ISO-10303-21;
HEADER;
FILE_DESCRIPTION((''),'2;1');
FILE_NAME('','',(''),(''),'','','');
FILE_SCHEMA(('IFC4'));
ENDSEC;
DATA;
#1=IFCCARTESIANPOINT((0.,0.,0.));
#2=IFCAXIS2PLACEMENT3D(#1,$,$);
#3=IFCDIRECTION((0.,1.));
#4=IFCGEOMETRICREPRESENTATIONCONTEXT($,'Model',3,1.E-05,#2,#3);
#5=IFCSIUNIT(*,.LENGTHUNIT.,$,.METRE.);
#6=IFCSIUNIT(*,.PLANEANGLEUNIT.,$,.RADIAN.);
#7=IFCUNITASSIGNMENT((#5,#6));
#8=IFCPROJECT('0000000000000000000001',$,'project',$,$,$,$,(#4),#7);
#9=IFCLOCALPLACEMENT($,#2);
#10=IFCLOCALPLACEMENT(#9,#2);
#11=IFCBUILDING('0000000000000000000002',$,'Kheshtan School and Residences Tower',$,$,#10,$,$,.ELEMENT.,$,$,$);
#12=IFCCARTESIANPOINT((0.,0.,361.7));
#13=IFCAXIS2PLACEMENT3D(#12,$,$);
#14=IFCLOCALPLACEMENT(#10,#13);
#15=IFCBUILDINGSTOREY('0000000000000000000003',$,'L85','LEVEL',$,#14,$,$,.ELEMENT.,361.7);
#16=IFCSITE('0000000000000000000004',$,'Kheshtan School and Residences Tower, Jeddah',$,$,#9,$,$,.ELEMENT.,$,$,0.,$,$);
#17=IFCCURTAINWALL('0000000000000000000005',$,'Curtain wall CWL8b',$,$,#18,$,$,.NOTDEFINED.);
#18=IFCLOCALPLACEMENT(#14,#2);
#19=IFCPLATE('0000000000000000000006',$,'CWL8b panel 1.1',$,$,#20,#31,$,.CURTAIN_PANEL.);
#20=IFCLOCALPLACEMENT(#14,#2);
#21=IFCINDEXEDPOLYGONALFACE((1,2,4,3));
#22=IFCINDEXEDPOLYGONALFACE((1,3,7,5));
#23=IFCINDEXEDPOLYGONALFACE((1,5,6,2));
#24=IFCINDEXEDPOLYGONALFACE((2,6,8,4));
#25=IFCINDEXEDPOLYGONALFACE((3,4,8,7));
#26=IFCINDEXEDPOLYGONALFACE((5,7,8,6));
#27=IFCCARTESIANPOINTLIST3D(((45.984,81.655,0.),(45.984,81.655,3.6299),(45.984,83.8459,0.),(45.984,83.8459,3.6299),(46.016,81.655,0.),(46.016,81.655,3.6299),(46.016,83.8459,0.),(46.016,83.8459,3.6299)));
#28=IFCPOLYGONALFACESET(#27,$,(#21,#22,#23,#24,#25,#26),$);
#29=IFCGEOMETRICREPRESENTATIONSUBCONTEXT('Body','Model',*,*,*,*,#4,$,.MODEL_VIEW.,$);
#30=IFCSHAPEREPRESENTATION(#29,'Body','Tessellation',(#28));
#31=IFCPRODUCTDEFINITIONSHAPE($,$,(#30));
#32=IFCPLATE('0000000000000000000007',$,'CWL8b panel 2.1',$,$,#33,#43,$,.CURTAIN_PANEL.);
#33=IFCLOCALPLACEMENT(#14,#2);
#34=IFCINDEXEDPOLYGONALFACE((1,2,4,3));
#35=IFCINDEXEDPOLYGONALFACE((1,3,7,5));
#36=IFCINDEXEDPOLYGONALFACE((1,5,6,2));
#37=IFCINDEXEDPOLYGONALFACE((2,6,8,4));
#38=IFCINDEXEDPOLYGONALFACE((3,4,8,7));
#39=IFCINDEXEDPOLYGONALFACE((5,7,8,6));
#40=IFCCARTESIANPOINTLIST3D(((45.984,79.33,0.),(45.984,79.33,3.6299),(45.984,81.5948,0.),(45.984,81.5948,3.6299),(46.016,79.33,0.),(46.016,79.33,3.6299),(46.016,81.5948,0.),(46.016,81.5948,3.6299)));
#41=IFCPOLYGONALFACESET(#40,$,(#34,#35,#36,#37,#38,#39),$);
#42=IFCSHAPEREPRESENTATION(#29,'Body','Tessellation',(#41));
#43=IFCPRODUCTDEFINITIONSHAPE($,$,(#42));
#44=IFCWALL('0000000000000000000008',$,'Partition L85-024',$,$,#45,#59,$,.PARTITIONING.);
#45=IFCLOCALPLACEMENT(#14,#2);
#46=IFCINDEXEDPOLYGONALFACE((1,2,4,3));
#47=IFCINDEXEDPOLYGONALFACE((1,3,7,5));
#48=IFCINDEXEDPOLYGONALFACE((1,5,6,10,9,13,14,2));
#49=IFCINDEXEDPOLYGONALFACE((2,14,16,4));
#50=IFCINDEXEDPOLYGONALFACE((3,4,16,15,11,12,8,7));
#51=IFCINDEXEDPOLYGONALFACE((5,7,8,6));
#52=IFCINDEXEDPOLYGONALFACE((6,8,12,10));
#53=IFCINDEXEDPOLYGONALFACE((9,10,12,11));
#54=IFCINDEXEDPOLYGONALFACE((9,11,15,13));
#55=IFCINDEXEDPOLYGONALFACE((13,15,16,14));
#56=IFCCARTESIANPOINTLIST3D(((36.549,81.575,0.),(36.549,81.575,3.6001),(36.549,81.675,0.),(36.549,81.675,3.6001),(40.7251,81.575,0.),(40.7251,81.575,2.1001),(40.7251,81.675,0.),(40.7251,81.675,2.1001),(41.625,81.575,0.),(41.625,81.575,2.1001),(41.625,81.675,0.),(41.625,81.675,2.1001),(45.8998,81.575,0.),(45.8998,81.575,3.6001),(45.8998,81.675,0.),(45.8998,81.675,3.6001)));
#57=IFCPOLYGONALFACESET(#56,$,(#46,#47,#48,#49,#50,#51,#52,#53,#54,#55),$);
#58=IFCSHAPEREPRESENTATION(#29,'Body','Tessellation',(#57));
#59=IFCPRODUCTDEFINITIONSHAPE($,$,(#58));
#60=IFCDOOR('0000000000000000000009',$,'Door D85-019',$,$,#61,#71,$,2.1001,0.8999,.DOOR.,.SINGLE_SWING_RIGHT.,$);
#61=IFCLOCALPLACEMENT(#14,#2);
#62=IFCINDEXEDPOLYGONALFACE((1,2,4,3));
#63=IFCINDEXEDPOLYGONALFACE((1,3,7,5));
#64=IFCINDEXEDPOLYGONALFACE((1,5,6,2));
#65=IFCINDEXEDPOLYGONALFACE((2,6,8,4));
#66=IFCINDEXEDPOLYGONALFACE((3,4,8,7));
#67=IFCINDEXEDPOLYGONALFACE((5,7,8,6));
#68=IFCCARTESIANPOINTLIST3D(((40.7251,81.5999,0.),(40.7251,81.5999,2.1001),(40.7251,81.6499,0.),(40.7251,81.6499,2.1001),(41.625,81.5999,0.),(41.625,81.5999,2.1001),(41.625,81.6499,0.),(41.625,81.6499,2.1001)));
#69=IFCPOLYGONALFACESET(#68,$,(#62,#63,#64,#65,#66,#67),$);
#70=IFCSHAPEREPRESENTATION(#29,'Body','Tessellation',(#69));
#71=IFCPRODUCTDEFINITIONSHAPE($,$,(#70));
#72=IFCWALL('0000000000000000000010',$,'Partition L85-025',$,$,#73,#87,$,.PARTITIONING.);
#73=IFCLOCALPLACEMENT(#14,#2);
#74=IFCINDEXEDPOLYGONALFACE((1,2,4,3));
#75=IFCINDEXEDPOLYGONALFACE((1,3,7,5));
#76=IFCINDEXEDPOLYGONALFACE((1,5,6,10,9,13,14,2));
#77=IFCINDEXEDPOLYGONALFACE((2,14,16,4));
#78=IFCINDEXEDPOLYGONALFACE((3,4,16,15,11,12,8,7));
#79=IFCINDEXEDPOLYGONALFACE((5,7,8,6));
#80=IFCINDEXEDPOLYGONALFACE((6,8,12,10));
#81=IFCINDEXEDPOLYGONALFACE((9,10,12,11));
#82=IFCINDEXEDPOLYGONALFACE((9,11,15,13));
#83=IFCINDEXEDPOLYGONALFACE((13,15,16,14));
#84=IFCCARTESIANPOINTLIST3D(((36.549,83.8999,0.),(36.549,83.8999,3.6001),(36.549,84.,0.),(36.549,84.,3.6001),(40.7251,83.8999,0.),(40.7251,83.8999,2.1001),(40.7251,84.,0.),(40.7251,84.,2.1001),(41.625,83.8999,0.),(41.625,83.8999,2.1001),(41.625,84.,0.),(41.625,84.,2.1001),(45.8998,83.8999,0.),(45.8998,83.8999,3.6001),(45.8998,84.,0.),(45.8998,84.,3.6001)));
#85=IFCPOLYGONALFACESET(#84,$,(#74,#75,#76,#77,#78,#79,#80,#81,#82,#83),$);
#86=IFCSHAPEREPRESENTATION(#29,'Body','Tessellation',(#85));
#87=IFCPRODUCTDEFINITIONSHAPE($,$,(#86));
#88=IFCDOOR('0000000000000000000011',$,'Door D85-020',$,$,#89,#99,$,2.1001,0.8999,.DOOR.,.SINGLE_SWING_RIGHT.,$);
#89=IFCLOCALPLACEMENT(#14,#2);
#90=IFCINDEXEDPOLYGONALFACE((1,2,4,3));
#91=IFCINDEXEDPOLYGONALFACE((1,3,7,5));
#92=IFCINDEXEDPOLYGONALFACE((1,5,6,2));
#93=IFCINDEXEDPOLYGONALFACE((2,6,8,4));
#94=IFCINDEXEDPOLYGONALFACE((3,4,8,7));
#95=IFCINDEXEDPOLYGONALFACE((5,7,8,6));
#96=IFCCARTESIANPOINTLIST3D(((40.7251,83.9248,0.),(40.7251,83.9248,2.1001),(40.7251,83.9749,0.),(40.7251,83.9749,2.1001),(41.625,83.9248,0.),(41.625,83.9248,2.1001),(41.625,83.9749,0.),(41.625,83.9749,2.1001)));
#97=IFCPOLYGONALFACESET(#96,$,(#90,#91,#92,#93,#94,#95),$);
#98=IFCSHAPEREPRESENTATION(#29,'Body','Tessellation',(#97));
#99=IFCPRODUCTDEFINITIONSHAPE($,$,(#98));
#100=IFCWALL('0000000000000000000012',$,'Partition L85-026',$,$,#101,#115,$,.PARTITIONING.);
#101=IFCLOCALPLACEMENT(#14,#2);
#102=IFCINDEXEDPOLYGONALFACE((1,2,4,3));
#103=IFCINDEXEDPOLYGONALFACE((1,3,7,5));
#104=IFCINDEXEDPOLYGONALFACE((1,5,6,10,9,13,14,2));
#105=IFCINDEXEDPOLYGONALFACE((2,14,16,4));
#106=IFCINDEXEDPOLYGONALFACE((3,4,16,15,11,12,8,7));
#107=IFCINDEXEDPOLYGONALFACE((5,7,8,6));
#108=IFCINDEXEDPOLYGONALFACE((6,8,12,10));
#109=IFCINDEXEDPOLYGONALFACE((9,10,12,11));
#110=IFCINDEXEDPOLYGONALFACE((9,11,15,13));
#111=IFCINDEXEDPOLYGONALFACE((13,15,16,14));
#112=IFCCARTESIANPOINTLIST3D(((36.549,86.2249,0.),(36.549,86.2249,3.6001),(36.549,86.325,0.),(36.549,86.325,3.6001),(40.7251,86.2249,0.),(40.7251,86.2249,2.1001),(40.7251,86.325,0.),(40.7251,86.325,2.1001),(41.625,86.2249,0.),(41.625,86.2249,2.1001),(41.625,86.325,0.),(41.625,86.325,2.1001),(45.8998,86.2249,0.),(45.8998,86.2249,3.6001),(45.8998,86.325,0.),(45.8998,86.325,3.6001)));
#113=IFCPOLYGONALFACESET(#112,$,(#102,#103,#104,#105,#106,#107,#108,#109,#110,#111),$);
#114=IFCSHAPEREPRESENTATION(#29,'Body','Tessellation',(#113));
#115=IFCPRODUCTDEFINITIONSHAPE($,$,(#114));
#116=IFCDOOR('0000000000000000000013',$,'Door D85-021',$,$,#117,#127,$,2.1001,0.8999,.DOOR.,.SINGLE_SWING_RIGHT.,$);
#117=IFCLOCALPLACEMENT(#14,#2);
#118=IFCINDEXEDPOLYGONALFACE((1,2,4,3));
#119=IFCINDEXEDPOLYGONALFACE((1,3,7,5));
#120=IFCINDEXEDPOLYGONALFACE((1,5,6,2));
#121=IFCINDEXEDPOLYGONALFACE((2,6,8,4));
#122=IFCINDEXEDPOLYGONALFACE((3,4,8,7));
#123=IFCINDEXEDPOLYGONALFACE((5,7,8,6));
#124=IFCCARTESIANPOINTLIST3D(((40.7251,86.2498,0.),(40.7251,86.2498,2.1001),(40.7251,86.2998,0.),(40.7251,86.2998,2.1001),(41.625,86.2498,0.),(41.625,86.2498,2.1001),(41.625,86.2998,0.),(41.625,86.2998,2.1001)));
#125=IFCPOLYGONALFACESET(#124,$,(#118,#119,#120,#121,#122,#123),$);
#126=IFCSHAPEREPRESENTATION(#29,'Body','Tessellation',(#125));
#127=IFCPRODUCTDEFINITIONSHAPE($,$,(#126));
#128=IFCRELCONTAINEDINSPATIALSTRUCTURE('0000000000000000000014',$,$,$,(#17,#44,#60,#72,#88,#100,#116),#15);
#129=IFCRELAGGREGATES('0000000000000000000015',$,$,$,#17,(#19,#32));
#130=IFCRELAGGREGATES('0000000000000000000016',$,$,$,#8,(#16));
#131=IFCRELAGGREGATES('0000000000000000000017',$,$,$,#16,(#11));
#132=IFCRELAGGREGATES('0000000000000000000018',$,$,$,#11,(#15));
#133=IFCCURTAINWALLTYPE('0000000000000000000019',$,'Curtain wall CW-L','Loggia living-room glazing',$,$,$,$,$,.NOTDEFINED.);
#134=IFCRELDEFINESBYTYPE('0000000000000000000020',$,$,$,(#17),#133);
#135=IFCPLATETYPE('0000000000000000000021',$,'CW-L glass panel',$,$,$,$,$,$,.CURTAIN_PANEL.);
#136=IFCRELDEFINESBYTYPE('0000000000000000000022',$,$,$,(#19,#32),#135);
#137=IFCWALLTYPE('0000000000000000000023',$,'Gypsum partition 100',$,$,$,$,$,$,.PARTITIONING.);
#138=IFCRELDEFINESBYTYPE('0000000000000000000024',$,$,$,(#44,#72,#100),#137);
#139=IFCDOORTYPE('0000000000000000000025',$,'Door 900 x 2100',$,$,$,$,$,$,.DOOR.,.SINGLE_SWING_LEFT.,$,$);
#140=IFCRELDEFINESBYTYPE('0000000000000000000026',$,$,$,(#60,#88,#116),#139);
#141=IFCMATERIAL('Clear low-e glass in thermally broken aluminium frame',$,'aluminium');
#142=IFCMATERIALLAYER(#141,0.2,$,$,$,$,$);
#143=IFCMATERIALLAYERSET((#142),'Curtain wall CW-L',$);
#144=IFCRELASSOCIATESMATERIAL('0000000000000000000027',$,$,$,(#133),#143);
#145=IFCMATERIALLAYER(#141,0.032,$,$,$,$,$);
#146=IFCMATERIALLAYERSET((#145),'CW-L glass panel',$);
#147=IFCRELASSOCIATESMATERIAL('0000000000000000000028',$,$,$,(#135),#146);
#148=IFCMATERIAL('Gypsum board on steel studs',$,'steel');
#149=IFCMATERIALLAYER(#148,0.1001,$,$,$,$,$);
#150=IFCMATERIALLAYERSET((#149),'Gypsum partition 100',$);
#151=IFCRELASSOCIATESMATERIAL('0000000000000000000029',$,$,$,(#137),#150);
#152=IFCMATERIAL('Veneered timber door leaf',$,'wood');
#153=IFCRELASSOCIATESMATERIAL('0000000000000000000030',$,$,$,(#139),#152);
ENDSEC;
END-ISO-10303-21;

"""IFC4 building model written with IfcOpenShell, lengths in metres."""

from ifc_helpers import new_model, si_unit, direction, frame, frame_2d, origin, origin_2d, place, context, subcontext, project, spatial, rectangle, extrude, source, transform, mapped, material, layer, layer_set, type_object, element, fill, aggregate, save


model = new_model("IFC4")

# Units and contexts
model_context = context("Model", 3, precision=1e-05, world=origin(), true_north=direction((0.0, 1.0)))
body_context = subcontext(model_context, "Body", "Model", "MODEL_VIEW")
ifc_project = project(units=[si_unit("LENGTHUNIT", "METRE"), si_unit("PLANEANGLEUNIT", "RADIAN")], contexts=[model_context])

# Site, building, storey
site_placement = place(None, origin())
site = spatial("IfcSite", under=ifc_project, at=site_placement, Name="Kheshtan School and Residences Tower, Jeddah", CompositionType="ELEMENT", RefElevation=0.0)
building_placement = place(site_placement, origin())
building = spatial("IfcBuilding", under=site, at=building_placement, Name="Kheshtan School and Residences Tower", CompositionType="ELEMENT")
storey_placement = place(building_placement, frame((0.0, 0.0, 361.7)))
storey = spatial("IfcBuildingStorey", under=building, at=storey_placement, Name="L85", Description="LEVEL", CompositionType="ELEMENT", Elevation=361.7)

# Shared definitions
ifc_material_1 = material(Name="Clear low-e glass in thermally broken aluminium frame", Category="aluminium")
ifc_layer_1 = layer(ifc_material_1, 0.2)
ifc_layer_set_1 = layer_set([ifc_layer_1], Name="Curtain wall CW-L")
curtain_wall_type = type_object("IfcCurtainWallType", Name="Curtain wall CW-L", Description="Loggia living-room glazing", PredefinedType="NOTDEFINED", material=ifc_layer_set_1)

# Curtain wall
curtain_wall_1_placement = place(storey_placement, origin())
curtain_wall_1 = element("IfcCurtainWall", 1, at=curtain_wall_1_placement, inside=storey, type_object=curtain_wall_type, Name="Curtain wall CWL8b", PredefinedType="NOTDEFINED")

# Plates
ifc_layer_2 = layer(ifc_material_1, 0.032)
ifc_layer_set_2 = layer_set([ifc_layer_2], Name="CW-L glass panel")
plate_type = type_object("IfcPlateType", Name="CW-L glass panel", PredefinedType="CURTAIN_PANEL", material=ifc_layer_set_2)
plate_1_placement = place(storey_placement, frame((46.0, 82.7505, 0.0), z_axis=(0.0, 0.0, 1.0), x_axis=(0.0, -1.0, 0.0)))
plate_1 = element("IfcPlate", 2, at=plate_1_placement, type_object=plate_type, Name="CWL8b panel 1.1", PredefinedType="CURTAIN_PANEL", context=body_context, shape_type="SweptSolid", body=[
    extrude(rectangle(XDim=2.1909, YDim=0.032, at=origin_2d()), origin(), (0.0, 0.0, 1.0), 3.6299),
])
plate_2_placement = place(storey_placement, frame((46.0, 80.4624, 0.0), z_axis=(0.0, 0.0, 1.0), x_axis=(0.0, -1.0, 0.0)))
plate_2 = element("IfcPlate", 3, at=plate_2_placement, type_object=plate_type, Name="CWL8b panel 2.1", PredefinedType="CURTAIN_PANEL", context=body_context, shape_type="SweptSolid", body=[
    extrude(rectangle(XDim=2.2649, YDim=0.032, at=origin_2d()), origin(), (0.0, 0.0, 1.0), 3.6299),
])
aggregate(curtain_wall_1, [plate_1, plate_2])

# Walls, openings, doors
ifc_material_2 = material(Name="Gypsum board on steel studs", Category="steel")
ifc_layer_3 = layer(ifc_material_2, 0.1001)
ifc_layer_set_3 = layer_set([ifc_layer_3], Name="Gypsum partition 100")
wall_type_1 = type_object("IfcWallType", Name="Gypsum partition 100", PredefinedType="PARTITIONING", material=ifc_layer_set_3)
wall_1_placement = place(storey_placement, frame((36.5491, 81.625, 0.0), z_axis=(0.0, 0.0, 1.0), x_axis=(1.0, 0.0, 0.0)))
wall_1 = element("IfcWall", 4, at=wall_1_placement, inside=storey, type_object=wall_type_1, Name="Partition L85-024", PredefinedType="PARTITIONING", context=body_context, shape_type="SweptSolid", body=[
    extrude(rectangle(XDim=9.3508, YDim=0.1001, at=frame_2d((4.6753, 0.0))), origin(), (0.0, 0.0, 1.0), 3.6001),
])
opening_1_placement = place(wall_1_placement, frame((4.176, 0.0, 0.0)))
opening_1 = element("IfcOpeningElement", 5, at=opening_1_placement, cuts=wall_1, PredefinedType="OPENING", context=body_context, shape_type="SweptSolid", body=[
    extrude(rectangle(XDim=0.8999, YDim=2.1001, at=frame_2d((0.45, 1.05))), frame((0.0, 0.0601, 0.0), z_axis=(0.0, -1.0, 0.0), x_axis=(1.0, 0.0, 0.0)), (0.0, 0.0, 1.0), 0.1201),
])
ifc_material_3 = material(Name="Veneered timber door leaf", Category="wood")
door_type_1 = type_object("IfcDoorType", Name="Door 900 x 2100", OperationType="SINGLE_SWING_LEFT", PredefinedType="DOOR", material=ifc_material_3)
shared_shape_1 = source(origin(), body_context, "Body", "SweptSolid", [
    extrude(rectangle(XDim=0.8999, YDim=2.1001, at=frame_2d((0.45, 1.05))), frame((0.0, 0.0249, 0.0), z_axis=(0.0, -1.0, 0.0), x_axis=(1.0, 0.0, 0.0)), (0.0, 0.0, 1.0), 0.05),
])
door_1_placement = place(opening_1_placement, origin())
door_1 = element("IfcDoor", 6, at=door_1_placement, inside=storey, type_object=door_type_1, Name="Door D85-019", OperationType="SINGLE_SWING_RIGHT", OverallHeight=2.1001, OverallWidth=0.8999, PredefinedType="DOOR", context=body_context, shape_type="MappedRepresentation", body=[
    mapped(shared_shape_1, transform((0.0, 0.0, 0.0), x_axis=(1.0, 0.0, 0.0), y_axis=(0.0, 1.0, 0.0), z_axis=(0.0, 0.0, 1.0), scale=1.0)),
])
fill(opening_1, door_1)
wall_2_placement = place(storey_placement, frame((36.5491, 83.95, 0.0), z_axis=(0.0, 0.0, 1.0), x_axis=(1.0, 0.0, 0.0)))
wall_2 = element("IfcWall", 7, at=wall_2_placement, inside=storey, type_object=wall_type_1, Name="Partition L85-025", PredefinedType="PARTITIONING", context=body_context, shape_type="SweptSolid", body=[
    extrude(rectangle(XDim=9.3508, YDim=0.1001, at=frame_2d((4.6753, 0.0))), origin(), (0.0, 0.0, 1.0), 3.6001),
])
opening_2_placement = place(wall_2_placement, frame((4.176, 0.0, 0.0)))
opening_2 = element("IfcOpeningElement", 8, at=opening_2_placement, cuts=wall_2, PredefinedType="OPENING", context=body_context, shape_type="SweptSolid", body=[
    extrude(rectangle(XDim=0.8999, YDim=2.1001, at=frame_2d((0.45, 1.05))), frame((0.0, 0.0601, 0.0), z_axis=(0.0, -1.0, 0.0), x_axis=(1.0, 0.0, 0.0)), (0.0, 0.0, 1.0), 0.1201),
])
door_2_placement = place(opening_2_placement, origin())
door_2 = element("IfcDoor", 9, at=door_2_placement, inside=storey, type_object=door_type_1, Name="Door D85-020", OperationType="SINGLE_SWING_RIGHT", OverallHeight=2.1001, OverallWidth=0.8999, PredefinedType="DOOR", context=body_context, shape_type="MappedRepresentation", body=[
    mapped(shared_shape_1, transform((0.0, 0.0, 0.0), x_axis=(1.0, 0.0, 0.0), y_axis=(0.0, 1.0, 0.0), z_axis=(0.0, 0.0, 1.0), scale=1.0)),
])
fill(opening_2, door_2)
wall_3_placement = place(storey_placement, frame((36.5491, 86.2749, 0.0), z_axis=(0.0, 0.0, 1.0), x_axis=(1.0, 0.0, 0.0)))
wall_3 = element("IfcWall", 10, at=wall_3_placement, inside=storey, type_object=wall_type_1, Name="Partition L85-026", PredefinedType="PARTITIONING", context=body_context, shape_type="SweptSolid", body=[
    extrude(rectangle(XDim=9.3508, YDim=0.1001, at=frame_2d((4.6753, 0.0))), origin(), (0.0, 0.0, 1.0), 3.6001),
])
opening_3_placement = place(wall_3_placement, frame((4.176, 0.0, 0.0)))
opening_3 = element("IfcOpeningElement", 11, at=opening_3_placement, cuts=wall_3, PredefinedType="OPENING", context=body_context, shape_type="SweptSolid", body=[
    extrude(rectangle(XDim=0.8999, YDim=2.1001, at=frame_2d((0.45, 1.05))), frame((0.0, 0.0601, 0.0), z_axis=(0.0, -1.0, 0.0), x_axis=(1.0, 0.0, 0.0)), (0.0, 0.0, 1.0), 0.1201),
])
door_3_placement = place(opening_3_placement, origin())
door_3 = element("IfcDoor", 12, at=door_3_placement, inside=storey, type_object=door_type_1, Name="Door D85-021", OperationType="SINGLE_SWING_RIGHT", OverallHeight=2.1001, OverallWidth=0.8999, PredefinedType="DOOR", context=body_context, shape_type="MappedRepresentation", body=[
    mapped(shared_shape_1, transform((0.0, 0.0, 0.0), x_axis=(1.0, 0.0, 0.0), y_axis=(0.0, 1.0, 0.0), z_axis=(0.0, 0.0, 1.0), scale=1.0)),
])
fill(opening_3, door_3)

save(model, "model.ifc")
